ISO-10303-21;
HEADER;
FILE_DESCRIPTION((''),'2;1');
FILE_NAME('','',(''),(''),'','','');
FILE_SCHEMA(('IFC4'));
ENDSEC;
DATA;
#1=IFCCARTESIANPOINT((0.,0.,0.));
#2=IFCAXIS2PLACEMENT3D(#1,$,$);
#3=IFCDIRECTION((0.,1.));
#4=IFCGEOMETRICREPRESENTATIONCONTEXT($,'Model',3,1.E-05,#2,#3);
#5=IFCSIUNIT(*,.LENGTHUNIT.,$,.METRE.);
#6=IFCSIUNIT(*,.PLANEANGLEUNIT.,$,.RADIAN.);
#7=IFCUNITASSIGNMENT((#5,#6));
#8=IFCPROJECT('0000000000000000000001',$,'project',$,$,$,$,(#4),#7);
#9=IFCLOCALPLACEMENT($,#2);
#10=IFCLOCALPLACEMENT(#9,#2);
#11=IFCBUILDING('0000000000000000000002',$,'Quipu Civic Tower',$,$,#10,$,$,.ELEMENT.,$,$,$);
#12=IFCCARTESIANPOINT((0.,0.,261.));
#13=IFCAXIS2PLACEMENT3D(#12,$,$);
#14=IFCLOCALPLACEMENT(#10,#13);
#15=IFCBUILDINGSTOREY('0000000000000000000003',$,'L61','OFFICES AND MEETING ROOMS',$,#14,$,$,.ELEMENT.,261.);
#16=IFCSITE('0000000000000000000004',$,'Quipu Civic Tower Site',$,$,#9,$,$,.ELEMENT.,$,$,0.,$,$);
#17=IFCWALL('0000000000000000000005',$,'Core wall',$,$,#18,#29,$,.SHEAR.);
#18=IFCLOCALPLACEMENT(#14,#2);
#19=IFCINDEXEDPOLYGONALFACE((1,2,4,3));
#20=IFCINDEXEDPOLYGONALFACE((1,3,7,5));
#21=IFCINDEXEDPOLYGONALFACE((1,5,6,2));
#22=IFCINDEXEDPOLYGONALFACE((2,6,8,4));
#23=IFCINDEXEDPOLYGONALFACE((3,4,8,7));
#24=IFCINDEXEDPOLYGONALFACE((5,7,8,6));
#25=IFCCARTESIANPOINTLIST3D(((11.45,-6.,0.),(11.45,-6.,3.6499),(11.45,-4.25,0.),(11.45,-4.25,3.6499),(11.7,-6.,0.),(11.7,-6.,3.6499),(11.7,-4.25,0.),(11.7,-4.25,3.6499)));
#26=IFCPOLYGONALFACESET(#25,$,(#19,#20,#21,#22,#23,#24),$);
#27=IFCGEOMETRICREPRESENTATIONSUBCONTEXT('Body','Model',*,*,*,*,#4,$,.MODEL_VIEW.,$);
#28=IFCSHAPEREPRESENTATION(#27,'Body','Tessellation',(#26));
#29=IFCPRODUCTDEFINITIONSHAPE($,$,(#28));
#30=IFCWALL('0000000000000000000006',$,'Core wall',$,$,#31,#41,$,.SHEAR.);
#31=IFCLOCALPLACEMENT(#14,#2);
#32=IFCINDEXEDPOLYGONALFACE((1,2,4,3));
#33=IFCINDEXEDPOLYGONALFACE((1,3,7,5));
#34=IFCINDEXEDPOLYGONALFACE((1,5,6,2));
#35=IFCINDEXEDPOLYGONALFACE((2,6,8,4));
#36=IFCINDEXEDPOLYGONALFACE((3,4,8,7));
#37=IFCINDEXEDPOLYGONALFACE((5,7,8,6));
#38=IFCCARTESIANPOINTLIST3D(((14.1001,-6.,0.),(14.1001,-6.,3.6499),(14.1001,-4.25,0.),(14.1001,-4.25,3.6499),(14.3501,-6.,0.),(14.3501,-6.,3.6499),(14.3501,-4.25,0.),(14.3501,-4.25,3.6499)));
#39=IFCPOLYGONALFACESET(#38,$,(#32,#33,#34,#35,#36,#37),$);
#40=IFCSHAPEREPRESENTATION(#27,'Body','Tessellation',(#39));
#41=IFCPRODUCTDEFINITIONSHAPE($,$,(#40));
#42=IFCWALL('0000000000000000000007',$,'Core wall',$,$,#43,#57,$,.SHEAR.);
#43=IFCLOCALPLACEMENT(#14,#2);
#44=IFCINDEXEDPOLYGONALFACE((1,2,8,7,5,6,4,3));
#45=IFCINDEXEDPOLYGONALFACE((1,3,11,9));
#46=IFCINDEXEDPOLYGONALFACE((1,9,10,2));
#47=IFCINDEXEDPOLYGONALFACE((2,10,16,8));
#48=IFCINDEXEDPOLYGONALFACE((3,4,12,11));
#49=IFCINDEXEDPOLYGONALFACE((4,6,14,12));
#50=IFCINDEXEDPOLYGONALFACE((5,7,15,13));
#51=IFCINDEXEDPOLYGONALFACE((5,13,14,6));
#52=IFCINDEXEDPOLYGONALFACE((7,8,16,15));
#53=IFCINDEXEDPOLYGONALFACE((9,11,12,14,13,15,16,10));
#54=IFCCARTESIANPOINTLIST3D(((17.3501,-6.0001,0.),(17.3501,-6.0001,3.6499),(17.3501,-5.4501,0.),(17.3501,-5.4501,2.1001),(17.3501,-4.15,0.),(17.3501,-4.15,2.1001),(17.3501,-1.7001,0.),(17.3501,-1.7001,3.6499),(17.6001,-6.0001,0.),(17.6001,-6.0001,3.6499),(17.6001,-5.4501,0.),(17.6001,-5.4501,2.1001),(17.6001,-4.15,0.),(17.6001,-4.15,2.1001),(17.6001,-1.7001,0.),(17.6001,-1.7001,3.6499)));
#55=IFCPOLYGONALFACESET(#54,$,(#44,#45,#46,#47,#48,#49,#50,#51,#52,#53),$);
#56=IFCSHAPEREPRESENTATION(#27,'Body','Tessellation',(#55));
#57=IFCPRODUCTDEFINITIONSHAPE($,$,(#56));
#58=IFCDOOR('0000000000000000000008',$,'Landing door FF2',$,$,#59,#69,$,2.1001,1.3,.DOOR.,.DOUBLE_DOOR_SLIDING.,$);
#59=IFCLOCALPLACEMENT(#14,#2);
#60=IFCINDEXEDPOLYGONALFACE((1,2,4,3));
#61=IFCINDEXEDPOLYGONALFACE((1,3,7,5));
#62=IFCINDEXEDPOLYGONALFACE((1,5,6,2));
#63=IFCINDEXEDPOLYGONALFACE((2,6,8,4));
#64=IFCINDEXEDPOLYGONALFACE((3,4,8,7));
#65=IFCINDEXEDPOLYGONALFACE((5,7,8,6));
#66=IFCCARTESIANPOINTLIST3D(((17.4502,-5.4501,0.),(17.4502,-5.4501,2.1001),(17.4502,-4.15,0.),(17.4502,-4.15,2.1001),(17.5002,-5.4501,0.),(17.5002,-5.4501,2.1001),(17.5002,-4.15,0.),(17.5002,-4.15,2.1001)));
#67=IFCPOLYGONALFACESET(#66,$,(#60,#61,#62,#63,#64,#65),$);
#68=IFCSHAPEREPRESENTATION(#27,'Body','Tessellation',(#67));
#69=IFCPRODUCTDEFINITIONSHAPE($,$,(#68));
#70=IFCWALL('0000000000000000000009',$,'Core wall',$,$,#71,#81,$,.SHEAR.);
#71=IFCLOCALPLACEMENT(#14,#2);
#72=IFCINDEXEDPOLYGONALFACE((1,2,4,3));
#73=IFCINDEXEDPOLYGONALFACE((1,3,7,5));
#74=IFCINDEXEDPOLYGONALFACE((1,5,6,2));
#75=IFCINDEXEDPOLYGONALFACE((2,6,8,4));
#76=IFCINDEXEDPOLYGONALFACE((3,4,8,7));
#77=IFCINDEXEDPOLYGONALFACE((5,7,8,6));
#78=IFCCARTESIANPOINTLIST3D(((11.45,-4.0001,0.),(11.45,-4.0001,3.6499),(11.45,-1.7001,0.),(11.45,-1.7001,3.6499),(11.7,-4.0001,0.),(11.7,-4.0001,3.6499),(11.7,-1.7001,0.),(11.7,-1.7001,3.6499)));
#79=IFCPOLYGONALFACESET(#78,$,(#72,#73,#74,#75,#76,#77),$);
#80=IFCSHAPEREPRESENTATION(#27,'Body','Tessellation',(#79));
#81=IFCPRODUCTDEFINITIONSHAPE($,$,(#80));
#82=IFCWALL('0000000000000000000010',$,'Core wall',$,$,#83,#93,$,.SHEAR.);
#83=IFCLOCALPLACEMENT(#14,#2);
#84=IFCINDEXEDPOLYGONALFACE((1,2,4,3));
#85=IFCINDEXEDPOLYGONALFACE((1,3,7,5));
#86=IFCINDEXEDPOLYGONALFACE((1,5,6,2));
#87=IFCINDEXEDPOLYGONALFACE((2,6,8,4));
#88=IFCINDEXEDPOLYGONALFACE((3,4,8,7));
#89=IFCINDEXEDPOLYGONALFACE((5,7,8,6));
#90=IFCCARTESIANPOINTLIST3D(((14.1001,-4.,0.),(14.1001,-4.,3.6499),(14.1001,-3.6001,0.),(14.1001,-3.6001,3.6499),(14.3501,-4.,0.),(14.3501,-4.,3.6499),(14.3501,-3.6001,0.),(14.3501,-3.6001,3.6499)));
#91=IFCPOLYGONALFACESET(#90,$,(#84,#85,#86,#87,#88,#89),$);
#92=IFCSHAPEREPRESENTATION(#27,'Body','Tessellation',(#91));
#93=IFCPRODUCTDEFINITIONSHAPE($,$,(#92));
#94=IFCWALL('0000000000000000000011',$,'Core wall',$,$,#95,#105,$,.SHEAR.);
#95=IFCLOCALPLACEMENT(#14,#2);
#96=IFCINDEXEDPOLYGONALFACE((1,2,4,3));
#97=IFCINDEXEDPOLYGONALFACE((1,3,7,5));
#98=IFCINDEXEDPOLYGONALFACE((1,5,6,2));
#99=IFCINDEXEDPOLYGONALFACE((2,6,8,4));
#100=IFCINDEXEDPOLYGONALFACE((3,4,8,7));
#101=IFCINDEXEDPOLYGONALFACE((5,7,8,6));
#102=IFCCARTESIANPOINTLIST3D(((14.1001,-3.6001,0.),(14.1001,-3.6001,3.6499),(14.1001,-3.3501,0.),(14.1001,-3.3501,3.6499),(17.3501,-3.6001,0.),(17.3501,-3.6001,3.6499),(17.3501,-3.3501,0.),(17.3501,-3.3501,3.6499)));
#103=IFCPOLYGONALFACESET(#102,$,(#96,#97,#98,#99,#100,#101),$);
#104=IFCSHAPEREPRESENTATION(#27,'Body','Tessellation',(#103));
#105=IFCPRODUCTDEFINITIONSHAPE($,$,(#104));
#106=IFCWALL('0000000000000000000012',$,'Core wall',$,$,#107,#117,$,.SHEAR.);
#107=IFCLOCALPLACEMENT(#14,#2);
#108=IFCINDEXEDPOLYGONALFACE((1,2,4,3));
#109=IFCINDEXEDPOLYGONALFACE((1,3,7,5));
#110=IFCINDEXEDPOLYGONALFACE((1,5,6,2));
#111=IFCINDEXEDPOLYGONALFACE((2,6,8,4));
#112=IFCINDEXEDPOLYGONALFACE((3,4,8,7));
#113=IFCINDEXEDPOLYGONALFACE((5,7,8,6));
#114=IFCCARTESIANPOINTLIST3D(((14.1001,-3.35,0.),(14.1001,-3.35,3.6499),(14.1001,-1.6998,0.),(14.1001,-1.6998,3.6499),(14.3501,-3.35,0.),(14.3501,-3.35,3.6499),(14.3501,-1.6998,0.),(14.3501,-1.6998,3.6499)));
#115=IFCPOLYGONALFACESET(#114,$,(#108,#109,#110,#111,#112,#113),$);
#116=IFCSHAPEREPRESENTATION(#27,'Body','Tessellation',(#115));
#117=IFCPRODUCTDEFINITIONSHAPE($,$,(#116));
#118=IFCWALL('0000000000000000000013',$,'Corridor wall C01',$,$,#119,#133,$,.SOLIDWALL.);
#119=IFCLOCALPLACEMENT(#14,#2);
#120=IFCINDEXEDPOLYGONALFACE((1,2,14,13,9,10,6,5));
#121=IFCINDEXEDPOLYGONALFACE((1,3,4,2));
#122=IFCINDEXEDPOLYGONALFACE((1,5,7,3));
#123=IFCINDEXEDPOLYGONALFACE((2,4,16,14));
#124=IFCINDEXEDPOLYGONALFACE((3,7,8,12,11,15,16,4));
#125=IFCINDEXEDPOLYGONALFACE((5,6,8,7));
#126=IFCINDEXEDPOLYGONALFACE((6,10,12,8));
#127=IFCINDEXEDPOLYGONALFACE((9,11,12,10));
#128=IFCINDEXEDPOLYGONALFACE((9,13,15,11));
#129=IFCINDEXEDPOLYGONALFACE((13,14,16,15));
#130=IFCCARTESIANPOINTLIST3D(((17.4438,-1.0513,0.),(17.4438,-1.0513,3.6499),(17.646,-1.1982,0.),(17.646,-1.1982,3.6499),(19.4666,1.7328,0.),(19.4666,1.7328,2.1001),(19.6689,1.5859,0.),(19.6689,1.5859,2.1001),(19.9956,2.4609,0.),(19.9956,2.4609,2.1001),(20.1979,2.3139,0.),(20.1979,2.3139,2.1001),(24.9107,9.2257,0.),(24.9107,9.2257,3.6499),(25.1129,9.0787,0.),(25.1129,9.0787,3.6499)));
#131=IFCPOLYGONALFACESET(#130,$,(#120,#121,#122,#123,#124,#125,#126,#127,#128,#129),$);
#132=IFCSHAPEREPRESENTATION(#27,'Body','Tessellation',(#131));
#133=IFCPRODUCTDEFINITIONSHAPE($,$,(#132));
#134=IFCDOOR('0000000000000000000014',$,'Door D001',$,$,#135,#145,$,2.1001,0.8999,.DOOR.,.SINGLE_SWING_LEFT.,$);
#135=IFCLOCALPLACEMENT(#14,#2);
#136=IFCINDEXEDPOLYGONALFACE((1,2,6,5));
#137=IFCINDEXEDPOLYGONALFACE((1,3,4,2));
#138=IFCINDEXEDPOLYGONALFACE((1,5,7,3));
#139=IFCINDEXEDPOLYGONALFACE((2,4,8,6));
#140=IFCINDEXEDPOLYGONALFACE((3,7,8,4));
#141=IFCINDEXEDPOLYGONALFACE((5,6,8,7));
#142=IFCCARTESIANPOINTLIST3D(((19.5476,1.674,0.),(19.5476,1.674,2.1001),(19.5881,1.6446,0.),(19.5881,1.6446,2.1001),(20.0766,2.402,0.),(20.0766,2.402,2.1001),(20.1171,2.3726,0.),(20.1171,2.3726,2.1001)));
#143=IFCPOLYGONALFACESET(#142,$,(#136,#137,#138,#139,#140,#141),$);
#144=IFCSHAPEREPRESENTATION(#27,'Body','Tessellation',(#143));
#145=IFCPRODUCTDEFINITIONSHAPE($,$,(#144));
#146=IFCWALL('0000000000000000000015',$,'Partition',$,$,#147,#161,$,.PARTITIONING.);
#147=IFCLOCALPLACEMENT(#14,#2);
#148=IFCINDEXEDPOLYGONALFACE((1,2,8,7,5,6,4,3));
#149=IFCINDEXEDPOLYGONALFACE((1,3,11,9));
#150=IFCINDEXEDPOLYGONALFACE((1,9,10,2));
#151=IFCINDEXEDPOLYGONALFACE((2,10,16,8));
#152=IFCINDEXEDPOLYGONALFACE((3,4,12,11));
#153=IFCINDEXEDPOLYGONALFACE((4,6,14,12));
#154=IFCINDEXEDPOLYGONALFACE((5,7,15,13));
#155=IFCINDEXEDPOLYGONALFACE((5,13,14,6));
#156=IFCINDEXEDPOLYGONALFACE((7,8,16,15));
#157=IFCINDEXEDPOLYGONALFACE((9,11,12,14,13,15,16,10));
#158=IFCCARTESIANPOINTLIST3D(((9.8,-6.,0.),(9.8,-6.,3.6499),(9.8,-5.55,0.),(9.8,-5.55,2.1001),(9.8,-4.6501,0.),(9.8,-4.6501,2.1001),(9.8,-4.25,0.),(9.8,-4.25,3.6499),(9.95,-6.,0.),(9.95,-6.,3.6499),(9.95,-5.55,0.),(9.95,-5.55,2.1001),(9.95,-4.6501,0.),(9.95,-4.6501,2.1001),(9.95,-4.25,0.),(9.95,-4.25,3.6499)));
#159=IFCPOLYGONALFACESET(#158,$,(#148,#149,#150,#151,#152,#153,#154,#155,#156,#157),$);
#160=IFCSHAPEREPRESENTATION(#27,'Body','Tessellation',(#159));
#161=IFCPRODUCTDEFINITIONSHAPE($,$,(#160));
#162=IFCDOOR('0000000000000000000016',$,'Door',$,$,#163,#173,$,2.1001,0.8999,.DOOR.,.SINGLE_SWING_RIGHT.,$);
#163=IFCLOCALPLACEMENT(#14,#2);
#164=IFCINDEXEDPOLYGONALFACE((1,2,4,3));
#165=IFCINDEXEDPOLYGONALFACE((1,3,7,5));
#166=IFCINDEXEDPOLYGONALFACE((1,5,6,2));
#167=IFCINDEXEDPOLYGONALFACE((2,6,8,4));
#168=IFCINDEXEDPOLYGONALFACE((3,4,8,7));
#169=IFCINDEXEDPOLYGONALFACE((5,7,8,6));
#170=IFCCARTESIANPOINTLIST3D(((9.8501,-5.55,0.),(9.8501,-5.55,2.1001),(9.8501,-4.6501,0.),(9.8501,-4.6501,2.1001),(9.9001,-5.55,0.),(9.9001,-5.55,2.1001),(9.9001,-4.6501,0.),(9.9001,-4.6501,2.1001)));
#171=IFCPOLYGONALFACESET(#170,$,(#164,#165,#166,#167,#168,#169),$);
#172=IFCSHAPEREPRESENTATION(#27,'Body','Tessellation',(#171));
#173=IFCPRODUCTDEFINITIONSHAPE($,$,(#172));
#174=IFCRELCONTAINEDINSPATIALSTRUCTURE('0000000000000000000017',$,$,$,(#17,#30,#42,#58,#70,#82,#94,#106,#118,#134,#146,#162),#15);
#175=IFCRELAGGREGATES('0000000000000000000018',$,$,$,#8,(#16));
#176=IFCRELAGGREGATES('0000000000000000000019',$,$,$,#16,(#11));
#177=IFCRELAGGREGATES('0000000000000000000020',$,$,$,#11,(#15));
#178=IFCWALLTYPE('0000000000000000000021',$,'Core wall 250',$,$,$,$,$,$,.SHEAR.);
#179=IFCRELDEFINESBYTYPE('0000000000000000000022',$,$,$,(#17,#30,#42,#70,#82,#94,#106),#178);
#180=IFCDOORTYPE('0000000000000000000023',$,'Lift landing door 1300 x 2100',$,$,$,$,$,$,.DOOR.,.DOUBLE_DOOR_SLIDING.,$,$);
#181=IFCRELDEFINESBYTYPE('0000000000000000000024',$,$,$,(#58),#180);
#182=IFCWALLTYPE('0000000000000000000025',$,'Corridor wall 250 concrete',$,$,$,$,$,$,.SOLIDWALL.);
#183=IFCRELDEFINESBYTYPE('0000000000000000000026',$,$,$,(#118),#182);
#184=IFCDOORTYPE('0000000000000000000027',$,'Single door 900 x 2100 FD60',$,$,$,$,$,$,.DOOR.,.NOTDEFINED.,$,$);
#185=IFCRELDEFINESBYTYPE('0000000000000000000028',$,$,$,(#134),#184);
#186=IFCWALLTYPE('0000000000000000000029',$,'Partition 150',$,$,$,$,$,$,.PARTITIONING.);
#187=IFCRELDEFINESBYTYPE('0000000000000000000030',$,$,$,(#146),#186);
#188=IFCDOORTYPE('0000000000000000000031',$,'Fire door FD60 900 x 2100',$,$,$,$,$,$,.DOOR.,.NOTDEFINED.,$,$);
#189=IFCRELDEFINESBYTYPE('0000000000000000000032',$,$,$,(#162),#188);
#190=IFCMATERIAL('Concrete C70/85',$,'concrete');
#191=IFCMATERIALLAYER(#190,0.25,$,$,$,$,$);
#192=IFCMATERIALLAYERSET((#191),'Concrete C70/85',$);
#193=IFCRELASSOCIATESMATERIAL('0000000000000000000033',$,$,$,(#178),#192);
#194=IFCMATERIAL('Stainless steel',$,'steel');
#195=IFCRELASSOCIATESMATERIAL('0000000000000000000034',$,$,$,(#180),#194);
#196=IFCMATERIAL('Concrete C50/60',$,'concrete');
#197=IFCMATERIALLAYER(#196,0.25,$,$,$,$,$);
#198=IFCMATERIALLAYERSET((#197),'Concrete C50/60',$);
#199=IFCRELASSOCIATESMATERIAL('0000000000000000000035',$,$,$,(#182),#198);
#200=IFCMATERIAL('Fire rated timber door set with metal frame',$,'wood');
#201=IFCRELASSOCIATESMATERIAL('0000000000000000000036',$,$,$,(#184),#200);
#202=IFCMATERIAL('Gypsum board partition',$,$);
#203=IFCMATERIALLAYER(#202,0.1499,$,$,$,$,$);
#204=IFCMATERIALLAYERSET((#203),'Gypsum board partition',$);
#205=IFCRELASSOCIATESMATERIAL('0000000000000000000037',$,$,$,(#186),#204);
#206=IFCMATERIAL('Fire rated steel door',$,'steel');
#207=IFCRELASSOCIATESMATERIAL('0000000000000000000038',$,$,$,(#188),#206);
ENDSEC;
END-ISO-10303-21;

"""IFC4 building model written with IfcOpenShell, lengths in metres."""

from ifc_helpers import new_model, si_unit, direction, frame, frame_2d, origin, place, context, subcontext, project, spatial, rectangle, extrude, material, layer, layer_set, type_object, element, fill, save


model = new_model("IFC4")

# Units and contexts
model_context = context("Model", 3, precision=1e-05, world=origin(), true_north=direction((0.0, 1.0)))
body_context = subcontext(model_context, "Body", "Model", "MODEL_VIEW")
ifc_project = project(units=[si_unit("LENGTHUNIT", "METRE"), si_unit("PLANEANGLEUNIT", "RADIAN")], contexts=[model_context])

# Site, building, storey
site_placement = place(None, origin())
site = spatial("IfcSite", under=ifc_project, at=site_placement, Name="Quipu Civic Tower Site", CompositionType="ELEMENT", RefElevation=0.0)
building_placement = place(site_placement, origin())
building = spatial("IfcBuilding", under=site, at=building_placement, Name="Quipu Civic Tower", CompositionType="ELEMENT")
storey_placement = place(building_placement, frame((0.0, 0.0, 261.0)))
storey = spatial("IfcBuildingStorey", under=building, at=storey_placement, Name="L61", Description="OFFICES AND MEETING ROOMS", CompositionType="ELEMENT", Elevation=261.0)

# Walls
ifc_material_1 = material(Name="Concrete C70/85", Category="concrete")
ifc_layer_1 = layer(ifc_material_1, 0.25)
ifc_layer_set_1 = layer_set([ifc_layer_1], Name="Concrete C70/85")
wall_type_1 = type_object("IfcWallType", Name="Core wall 250", PredefinedType="SHEAR", material=ifc_layer_set_1)
for number, where, z_axis, x_axis, name in (
    (1, (11.575, -6.0, 0.0), (0.0, 0.0, 1.0), (0.0, 1.0, 0.0), "Core wall"),
    (2, (14.2251, -6.0, 0.0), (0.0, 0.0, 1.0), (0.0, 1.0, 0.0), "Core wall"),
):
    element("IfcWall", number, at=place(storey_placement, frame(where, z_axis=z_axis, x_axis=x_axis)), inside=storey, type_object=wall_type_1, Name=name, PredefinedType="SHEAR", context=body_context, shape_type="SweptSolid", body=[
        extrude(rectangle(XDim=1.75, YDim=0.25, at=frame_2d((0.875, 0.0))), origin(), (0.0, 0.0, 1.0), 3.6499),
    ])

# Wall, opening, door
wall_1_placement = place(storey_placement, frame((17.4751, -6.0, 0.0), z_axis=(0.0, 0.0, 1.0), x_axis=(0.0, 1.0, 0.0)))
wall_1 = element("IfcWall", 3, at=wall_1_placement, inside=storey, type_object=wall_type_1, Name="Core wall", PredefinedType="SHEAR", context=body_context, shape_type="SweptSolid", body=[
    extrude(rectangle(XDim=4.3, YDim=0.25, at=frame_2d((2.1499, 0.0))), origin(), (0.0, 0.0, 1.0), 3.6499),
])
opening_1_placement = place(wall_1_placement, frame((0.55, 0.0, 0.0)))
opening_1 = element("IfcOpeningElement", 4, at=opening_1_placement, cuts=wall_1, PredefinedType="OPENING", context=body_context, shape_type="SweptSolid", body=[
    extrude(rectangle(XDim=1.3, YDim=2.1001, at=frame_2d((0.6499, 1.05))), frame((0.0, 0.135, 0.0), z_axis=(0.0, -1.0, 0.0), x_axis=(1.0, 0.0, 0.0)), (0.0, 0.0, 1.0), 0.27),
])
ifc_material_2 = material(Name="Stainless steel", Category="steel")
door_type_1 = type_object("IfcDoorType", Name="Lift landing door 1300 x 2100", OperationType="DOUBLE_DOOR_SLIDING", PredefinedType="DOOR", material=ifc_material_2)
door_1_placement = place(opening_1_placement, origin())
door_1 = element("IfcDoor", 5, at=door_1_placement, inside=storey, type_object=door_type_1, Name="Landing door FF2", OperationType="DOUBLE_DOOR_SLIDING", OverallHeight=2.1001, OverallWidth=1.3, PredefinedType="DOOR", context=body_context, shape_type="SweptSolid", body=[
    extrude(rectangle(XDim=1.3, YDim=2.1001, at=frame_2d((0.6499, 1.05))), frame((0.0, 0.0249, 0.0), z_axis=(0.0, -1.0, 0.0), x_axis=(1.0, 0.0, 0.0)), (0.0, 0.0, 1.0), 0.05),
])
fill(opening_1, door_1)

# Walls
wall_2_placement = place(storey_placement, frame((11.575, -4.0, 0.0), z_axis=(0.0, 0.0, 1.0), x_axis=(0.0, 1.0, 0.0)))
element("IfcWall", 6, at=wall_2_placement, inside=storey, type_object=wall_type_1, Name="Core wall", PredefinedType="SHEAR", context=body_context, shape_type="SweptSolid", body=[
    extrude(rectangle(XDim=2.3, YDim=0.25, at=frame_2d((1.1499, 0.0))), origin(), (0.0, 0.0, 1.0), 3.6499),
])
wall_3_placement = place(storey_placement, frame((14.2251, -4.0, 0.0), z_axis=(0.0, 0.0, 1.0), x_axis=(0.0, 1.0, 0.0)))
element("IfcWall", 7, at=wall_3_placement, inside=storey, type_object=wall_type_1, Name="Core wall", PredefinedType="SHEAR", context=body_context, shape_type="SweptSolid", body=[
    extrude(rectangle(XDim=0.3999, YDim=0.25, at=frame_2d((0.2, 0.0))), origin(), (0.0, 0.0, 1.0), 3.6499),
])
wall_4_placement = place(storey_placement, frame((14.1001, -3.4751, 0.0), z_axis=(0.0, 0.0, 1.0), x_axis=(1.0, 0.0, 0.0)))
element("IfcWall", 8, at=wall_4_placement, inside=storey, type_object=wall_type_1, Name="Core wall", PredefinedType="SHEAR", context=body_context, shape_type="SweptSolid", body=[
    extrude(rectangle(XDim=3.25, YDim=0.25, at=frame_2d((1.625, 0.0))), origin(), (0.0, 0.0, 1.0), 3.6499),
])
wall_5_placement = place(storey_placement, frame((14.2251, -3.3501, 0.0), z_axis=(0.0, 0.0, 1.0), x_axis=(0.0, 1.0, 0.0)))
element("IfcWall", 9, at=wall_5_placement, inside=storey, type_object=wall_type_1, Name="Core wall", PredefinedType="SHEAR", context=body_context, shape_type="SweptSolid", body=[
    extrude(rectangle(XDim=1.6501, YDim=0.25, at=frame_2d((0.8252, 0.0))), origin(), (0.0, 0.0, 1.0), 3.6499),
])

# Walls, openings, doors
ifc_material_3 = material(Name="Concrete C50/60", Category="concrete")
ifc_layer_2 = layer(ifc_material_3, 0.25)
ifc_layer_set_2 = layer_set([ifc_layer_2], Name="Concrete C50/60")
wall_type_2 = type_object("IfcWallType", Name="Corridor wall 250 concrete", PredefinedType="SOLIDWALL", material=ifc_layer_set_2)
wall_6_placement = place(storey_placement, frame((17.5449, -1.1248, 0.0), z_axis=(0.0, 0.0, 1.0), x_axis=(0.587797, 0.809009, 0.0)))
wall_6 = element("IfcWall", 10, at=wall_6_placement, inside=storey, type_object=wall_type_2, Name="Corridor wall C01", PredefinedType="SOLIDWALL", context=body_context, shape_type="SweptSolid", body=[
    extrude(rectangle(XDim=12.7031, YDim=0.25, at=frame_2d((6.3516, 0.0))), origin(), (0.0, 0.0, 1.0), 3.6499),
])
opening_2_placement = place(wall_6_placement, frame((3.4414, 0.0, 0.0)))
opening_2 = element("IfcOpeningElement", 11, at=opening_2_placement, cuts=wall_6, PredefinedType="OPENING", context=body_context, shape_type="SweptSolid", body=[
    extrude(rectangle(XDim=0.8999, YDim=2.1001, at=frame_2d((0.45, 1.05))), frame((0.0, 0.135, 0.0), z_axis=(0.0, -1.0, 0.0), x_axis=(1.0, 0.0, 0.0)), (0.0, 0.0, 1.0), 0.27),
])
ifc_material_4 = material(Name="Fire rated timber door set with metal frame", Category="wood")
door_type_2 = type_object("IfcDoorType", Name="Single door 900 x 2100 FD60", OperationType="NOTDEFINED", PredefinedType="DOOR", material=ifc_material_4)
door_2_placement = place(opening_2_placement, origin())
door_2 = element("IfcDoor", 12, at=door_2_placement, inside=storey, type_object=door_type_2, Name="Door D001", OperationType="SINGLE_SWING_LEFT", OverallHeight=2.1001, OverallWidth=0.8999, PredefinedType="DOOR", context=body_context, shape_type="SweptSolid", body=[
    extrude(rectangle(XDim=0.8999, YDim=2.1001, at=frame_2d((0.45, 1.05))), frame((0.0, 0.0249, 0.0), z_axis=(0.0, -1.0, 0.0), x_axis=(1.0, 0.0, 0.0)), (0.0, 0.0, 1.0), 0.05),
])
fill(opening_2, door_2)
ifc_material_5 = material(Name="Gypsum board partition")
ifc_layer_3 = layer(ifc_material_5, 0.1499)
ifc_layer_set_3 = layer_set([ifc_layer_3], Name="Gypsum board partition")
wall_type_3 = type_object("IfcWallType", Name="Partition 150", PredefinedType="PARTITIONING", material=ifc_layer_set_3)
wall_7_placement = place(storey_placement, frame((9.875, -6.0, 0.0), z_axis=(0.0, 0.0, 1.0), x_axis=(0.0, 1.0, 0.0)))
wall_7 = element("IfcWall", 13, at=wall_7_placement, inside=storey, type_object=wall_type_3, Name="Partition", PredefinedType="PARTITIONING", context=body_context, shape_type="SweptSolid", body=[
    extrude(rectangle(XDim=1.75, YDim=0.1499, at=frame_2d((0.875, 0.0))), origin(), (0.0, 0.0, 1.0), 3.6499),
])
opening_3_placement = place(wall_7_placement, frame((0.45, 0.0, 0.0)))
opening_3 = element("IfcOpeningElement", 14, at=opening_3_placement, cuts=wall_7, PredefinedType="OPENING", context=body_context, shape_type="SweptSolid", body=[
    extrude(rectangle(XDim=0.8999, YDim=2.1001, at=frame_2d((0.45, 1.05))), frame((0.0, 0.085, 0.0), z_axis=(0.0, -1.0, 0.0), x_axis=(1.0, 0.0, 0.0)), (0.0, 0.0, 1.0), 0.1699),
])
ifc_material_6 = material(Name="Fire rated steel door", Category="steel")
door_type_3 = type_object("IfcDoorType", Name="Fire door FD60 900 x 2100", OperationType="NOTDEFINED", PredefinedType="DOOR", material=ifc_material_6)
door_3_placement = place(opening_3_placement, origin())
door_3 = element("IfcDoor", 15, at=door_3_placement, inside=storey, type_object=door_type_3, Name="Door", OperationType="SINGLE_SWING_RIGHT", OverallHeight=2.1001, OverallWidth=0.8999, PredefinedType="DOOR", context=body_context, shape_type="SweptSolid", body=[
    extrude(rectangle(XDim=0.8999, YDim=2.1001, at=frame_2d((0.45, 1.05))), frame((0.0, 0.0249, 0.0), z_axis=(0.0, -1.0, 0.0), x_axis=(1.0, 0.0, 0.0)), (0.0, 0.0, 1.0), 0.05),
])
fill(opening_3, door_3)

save(model, "model.ifc")
